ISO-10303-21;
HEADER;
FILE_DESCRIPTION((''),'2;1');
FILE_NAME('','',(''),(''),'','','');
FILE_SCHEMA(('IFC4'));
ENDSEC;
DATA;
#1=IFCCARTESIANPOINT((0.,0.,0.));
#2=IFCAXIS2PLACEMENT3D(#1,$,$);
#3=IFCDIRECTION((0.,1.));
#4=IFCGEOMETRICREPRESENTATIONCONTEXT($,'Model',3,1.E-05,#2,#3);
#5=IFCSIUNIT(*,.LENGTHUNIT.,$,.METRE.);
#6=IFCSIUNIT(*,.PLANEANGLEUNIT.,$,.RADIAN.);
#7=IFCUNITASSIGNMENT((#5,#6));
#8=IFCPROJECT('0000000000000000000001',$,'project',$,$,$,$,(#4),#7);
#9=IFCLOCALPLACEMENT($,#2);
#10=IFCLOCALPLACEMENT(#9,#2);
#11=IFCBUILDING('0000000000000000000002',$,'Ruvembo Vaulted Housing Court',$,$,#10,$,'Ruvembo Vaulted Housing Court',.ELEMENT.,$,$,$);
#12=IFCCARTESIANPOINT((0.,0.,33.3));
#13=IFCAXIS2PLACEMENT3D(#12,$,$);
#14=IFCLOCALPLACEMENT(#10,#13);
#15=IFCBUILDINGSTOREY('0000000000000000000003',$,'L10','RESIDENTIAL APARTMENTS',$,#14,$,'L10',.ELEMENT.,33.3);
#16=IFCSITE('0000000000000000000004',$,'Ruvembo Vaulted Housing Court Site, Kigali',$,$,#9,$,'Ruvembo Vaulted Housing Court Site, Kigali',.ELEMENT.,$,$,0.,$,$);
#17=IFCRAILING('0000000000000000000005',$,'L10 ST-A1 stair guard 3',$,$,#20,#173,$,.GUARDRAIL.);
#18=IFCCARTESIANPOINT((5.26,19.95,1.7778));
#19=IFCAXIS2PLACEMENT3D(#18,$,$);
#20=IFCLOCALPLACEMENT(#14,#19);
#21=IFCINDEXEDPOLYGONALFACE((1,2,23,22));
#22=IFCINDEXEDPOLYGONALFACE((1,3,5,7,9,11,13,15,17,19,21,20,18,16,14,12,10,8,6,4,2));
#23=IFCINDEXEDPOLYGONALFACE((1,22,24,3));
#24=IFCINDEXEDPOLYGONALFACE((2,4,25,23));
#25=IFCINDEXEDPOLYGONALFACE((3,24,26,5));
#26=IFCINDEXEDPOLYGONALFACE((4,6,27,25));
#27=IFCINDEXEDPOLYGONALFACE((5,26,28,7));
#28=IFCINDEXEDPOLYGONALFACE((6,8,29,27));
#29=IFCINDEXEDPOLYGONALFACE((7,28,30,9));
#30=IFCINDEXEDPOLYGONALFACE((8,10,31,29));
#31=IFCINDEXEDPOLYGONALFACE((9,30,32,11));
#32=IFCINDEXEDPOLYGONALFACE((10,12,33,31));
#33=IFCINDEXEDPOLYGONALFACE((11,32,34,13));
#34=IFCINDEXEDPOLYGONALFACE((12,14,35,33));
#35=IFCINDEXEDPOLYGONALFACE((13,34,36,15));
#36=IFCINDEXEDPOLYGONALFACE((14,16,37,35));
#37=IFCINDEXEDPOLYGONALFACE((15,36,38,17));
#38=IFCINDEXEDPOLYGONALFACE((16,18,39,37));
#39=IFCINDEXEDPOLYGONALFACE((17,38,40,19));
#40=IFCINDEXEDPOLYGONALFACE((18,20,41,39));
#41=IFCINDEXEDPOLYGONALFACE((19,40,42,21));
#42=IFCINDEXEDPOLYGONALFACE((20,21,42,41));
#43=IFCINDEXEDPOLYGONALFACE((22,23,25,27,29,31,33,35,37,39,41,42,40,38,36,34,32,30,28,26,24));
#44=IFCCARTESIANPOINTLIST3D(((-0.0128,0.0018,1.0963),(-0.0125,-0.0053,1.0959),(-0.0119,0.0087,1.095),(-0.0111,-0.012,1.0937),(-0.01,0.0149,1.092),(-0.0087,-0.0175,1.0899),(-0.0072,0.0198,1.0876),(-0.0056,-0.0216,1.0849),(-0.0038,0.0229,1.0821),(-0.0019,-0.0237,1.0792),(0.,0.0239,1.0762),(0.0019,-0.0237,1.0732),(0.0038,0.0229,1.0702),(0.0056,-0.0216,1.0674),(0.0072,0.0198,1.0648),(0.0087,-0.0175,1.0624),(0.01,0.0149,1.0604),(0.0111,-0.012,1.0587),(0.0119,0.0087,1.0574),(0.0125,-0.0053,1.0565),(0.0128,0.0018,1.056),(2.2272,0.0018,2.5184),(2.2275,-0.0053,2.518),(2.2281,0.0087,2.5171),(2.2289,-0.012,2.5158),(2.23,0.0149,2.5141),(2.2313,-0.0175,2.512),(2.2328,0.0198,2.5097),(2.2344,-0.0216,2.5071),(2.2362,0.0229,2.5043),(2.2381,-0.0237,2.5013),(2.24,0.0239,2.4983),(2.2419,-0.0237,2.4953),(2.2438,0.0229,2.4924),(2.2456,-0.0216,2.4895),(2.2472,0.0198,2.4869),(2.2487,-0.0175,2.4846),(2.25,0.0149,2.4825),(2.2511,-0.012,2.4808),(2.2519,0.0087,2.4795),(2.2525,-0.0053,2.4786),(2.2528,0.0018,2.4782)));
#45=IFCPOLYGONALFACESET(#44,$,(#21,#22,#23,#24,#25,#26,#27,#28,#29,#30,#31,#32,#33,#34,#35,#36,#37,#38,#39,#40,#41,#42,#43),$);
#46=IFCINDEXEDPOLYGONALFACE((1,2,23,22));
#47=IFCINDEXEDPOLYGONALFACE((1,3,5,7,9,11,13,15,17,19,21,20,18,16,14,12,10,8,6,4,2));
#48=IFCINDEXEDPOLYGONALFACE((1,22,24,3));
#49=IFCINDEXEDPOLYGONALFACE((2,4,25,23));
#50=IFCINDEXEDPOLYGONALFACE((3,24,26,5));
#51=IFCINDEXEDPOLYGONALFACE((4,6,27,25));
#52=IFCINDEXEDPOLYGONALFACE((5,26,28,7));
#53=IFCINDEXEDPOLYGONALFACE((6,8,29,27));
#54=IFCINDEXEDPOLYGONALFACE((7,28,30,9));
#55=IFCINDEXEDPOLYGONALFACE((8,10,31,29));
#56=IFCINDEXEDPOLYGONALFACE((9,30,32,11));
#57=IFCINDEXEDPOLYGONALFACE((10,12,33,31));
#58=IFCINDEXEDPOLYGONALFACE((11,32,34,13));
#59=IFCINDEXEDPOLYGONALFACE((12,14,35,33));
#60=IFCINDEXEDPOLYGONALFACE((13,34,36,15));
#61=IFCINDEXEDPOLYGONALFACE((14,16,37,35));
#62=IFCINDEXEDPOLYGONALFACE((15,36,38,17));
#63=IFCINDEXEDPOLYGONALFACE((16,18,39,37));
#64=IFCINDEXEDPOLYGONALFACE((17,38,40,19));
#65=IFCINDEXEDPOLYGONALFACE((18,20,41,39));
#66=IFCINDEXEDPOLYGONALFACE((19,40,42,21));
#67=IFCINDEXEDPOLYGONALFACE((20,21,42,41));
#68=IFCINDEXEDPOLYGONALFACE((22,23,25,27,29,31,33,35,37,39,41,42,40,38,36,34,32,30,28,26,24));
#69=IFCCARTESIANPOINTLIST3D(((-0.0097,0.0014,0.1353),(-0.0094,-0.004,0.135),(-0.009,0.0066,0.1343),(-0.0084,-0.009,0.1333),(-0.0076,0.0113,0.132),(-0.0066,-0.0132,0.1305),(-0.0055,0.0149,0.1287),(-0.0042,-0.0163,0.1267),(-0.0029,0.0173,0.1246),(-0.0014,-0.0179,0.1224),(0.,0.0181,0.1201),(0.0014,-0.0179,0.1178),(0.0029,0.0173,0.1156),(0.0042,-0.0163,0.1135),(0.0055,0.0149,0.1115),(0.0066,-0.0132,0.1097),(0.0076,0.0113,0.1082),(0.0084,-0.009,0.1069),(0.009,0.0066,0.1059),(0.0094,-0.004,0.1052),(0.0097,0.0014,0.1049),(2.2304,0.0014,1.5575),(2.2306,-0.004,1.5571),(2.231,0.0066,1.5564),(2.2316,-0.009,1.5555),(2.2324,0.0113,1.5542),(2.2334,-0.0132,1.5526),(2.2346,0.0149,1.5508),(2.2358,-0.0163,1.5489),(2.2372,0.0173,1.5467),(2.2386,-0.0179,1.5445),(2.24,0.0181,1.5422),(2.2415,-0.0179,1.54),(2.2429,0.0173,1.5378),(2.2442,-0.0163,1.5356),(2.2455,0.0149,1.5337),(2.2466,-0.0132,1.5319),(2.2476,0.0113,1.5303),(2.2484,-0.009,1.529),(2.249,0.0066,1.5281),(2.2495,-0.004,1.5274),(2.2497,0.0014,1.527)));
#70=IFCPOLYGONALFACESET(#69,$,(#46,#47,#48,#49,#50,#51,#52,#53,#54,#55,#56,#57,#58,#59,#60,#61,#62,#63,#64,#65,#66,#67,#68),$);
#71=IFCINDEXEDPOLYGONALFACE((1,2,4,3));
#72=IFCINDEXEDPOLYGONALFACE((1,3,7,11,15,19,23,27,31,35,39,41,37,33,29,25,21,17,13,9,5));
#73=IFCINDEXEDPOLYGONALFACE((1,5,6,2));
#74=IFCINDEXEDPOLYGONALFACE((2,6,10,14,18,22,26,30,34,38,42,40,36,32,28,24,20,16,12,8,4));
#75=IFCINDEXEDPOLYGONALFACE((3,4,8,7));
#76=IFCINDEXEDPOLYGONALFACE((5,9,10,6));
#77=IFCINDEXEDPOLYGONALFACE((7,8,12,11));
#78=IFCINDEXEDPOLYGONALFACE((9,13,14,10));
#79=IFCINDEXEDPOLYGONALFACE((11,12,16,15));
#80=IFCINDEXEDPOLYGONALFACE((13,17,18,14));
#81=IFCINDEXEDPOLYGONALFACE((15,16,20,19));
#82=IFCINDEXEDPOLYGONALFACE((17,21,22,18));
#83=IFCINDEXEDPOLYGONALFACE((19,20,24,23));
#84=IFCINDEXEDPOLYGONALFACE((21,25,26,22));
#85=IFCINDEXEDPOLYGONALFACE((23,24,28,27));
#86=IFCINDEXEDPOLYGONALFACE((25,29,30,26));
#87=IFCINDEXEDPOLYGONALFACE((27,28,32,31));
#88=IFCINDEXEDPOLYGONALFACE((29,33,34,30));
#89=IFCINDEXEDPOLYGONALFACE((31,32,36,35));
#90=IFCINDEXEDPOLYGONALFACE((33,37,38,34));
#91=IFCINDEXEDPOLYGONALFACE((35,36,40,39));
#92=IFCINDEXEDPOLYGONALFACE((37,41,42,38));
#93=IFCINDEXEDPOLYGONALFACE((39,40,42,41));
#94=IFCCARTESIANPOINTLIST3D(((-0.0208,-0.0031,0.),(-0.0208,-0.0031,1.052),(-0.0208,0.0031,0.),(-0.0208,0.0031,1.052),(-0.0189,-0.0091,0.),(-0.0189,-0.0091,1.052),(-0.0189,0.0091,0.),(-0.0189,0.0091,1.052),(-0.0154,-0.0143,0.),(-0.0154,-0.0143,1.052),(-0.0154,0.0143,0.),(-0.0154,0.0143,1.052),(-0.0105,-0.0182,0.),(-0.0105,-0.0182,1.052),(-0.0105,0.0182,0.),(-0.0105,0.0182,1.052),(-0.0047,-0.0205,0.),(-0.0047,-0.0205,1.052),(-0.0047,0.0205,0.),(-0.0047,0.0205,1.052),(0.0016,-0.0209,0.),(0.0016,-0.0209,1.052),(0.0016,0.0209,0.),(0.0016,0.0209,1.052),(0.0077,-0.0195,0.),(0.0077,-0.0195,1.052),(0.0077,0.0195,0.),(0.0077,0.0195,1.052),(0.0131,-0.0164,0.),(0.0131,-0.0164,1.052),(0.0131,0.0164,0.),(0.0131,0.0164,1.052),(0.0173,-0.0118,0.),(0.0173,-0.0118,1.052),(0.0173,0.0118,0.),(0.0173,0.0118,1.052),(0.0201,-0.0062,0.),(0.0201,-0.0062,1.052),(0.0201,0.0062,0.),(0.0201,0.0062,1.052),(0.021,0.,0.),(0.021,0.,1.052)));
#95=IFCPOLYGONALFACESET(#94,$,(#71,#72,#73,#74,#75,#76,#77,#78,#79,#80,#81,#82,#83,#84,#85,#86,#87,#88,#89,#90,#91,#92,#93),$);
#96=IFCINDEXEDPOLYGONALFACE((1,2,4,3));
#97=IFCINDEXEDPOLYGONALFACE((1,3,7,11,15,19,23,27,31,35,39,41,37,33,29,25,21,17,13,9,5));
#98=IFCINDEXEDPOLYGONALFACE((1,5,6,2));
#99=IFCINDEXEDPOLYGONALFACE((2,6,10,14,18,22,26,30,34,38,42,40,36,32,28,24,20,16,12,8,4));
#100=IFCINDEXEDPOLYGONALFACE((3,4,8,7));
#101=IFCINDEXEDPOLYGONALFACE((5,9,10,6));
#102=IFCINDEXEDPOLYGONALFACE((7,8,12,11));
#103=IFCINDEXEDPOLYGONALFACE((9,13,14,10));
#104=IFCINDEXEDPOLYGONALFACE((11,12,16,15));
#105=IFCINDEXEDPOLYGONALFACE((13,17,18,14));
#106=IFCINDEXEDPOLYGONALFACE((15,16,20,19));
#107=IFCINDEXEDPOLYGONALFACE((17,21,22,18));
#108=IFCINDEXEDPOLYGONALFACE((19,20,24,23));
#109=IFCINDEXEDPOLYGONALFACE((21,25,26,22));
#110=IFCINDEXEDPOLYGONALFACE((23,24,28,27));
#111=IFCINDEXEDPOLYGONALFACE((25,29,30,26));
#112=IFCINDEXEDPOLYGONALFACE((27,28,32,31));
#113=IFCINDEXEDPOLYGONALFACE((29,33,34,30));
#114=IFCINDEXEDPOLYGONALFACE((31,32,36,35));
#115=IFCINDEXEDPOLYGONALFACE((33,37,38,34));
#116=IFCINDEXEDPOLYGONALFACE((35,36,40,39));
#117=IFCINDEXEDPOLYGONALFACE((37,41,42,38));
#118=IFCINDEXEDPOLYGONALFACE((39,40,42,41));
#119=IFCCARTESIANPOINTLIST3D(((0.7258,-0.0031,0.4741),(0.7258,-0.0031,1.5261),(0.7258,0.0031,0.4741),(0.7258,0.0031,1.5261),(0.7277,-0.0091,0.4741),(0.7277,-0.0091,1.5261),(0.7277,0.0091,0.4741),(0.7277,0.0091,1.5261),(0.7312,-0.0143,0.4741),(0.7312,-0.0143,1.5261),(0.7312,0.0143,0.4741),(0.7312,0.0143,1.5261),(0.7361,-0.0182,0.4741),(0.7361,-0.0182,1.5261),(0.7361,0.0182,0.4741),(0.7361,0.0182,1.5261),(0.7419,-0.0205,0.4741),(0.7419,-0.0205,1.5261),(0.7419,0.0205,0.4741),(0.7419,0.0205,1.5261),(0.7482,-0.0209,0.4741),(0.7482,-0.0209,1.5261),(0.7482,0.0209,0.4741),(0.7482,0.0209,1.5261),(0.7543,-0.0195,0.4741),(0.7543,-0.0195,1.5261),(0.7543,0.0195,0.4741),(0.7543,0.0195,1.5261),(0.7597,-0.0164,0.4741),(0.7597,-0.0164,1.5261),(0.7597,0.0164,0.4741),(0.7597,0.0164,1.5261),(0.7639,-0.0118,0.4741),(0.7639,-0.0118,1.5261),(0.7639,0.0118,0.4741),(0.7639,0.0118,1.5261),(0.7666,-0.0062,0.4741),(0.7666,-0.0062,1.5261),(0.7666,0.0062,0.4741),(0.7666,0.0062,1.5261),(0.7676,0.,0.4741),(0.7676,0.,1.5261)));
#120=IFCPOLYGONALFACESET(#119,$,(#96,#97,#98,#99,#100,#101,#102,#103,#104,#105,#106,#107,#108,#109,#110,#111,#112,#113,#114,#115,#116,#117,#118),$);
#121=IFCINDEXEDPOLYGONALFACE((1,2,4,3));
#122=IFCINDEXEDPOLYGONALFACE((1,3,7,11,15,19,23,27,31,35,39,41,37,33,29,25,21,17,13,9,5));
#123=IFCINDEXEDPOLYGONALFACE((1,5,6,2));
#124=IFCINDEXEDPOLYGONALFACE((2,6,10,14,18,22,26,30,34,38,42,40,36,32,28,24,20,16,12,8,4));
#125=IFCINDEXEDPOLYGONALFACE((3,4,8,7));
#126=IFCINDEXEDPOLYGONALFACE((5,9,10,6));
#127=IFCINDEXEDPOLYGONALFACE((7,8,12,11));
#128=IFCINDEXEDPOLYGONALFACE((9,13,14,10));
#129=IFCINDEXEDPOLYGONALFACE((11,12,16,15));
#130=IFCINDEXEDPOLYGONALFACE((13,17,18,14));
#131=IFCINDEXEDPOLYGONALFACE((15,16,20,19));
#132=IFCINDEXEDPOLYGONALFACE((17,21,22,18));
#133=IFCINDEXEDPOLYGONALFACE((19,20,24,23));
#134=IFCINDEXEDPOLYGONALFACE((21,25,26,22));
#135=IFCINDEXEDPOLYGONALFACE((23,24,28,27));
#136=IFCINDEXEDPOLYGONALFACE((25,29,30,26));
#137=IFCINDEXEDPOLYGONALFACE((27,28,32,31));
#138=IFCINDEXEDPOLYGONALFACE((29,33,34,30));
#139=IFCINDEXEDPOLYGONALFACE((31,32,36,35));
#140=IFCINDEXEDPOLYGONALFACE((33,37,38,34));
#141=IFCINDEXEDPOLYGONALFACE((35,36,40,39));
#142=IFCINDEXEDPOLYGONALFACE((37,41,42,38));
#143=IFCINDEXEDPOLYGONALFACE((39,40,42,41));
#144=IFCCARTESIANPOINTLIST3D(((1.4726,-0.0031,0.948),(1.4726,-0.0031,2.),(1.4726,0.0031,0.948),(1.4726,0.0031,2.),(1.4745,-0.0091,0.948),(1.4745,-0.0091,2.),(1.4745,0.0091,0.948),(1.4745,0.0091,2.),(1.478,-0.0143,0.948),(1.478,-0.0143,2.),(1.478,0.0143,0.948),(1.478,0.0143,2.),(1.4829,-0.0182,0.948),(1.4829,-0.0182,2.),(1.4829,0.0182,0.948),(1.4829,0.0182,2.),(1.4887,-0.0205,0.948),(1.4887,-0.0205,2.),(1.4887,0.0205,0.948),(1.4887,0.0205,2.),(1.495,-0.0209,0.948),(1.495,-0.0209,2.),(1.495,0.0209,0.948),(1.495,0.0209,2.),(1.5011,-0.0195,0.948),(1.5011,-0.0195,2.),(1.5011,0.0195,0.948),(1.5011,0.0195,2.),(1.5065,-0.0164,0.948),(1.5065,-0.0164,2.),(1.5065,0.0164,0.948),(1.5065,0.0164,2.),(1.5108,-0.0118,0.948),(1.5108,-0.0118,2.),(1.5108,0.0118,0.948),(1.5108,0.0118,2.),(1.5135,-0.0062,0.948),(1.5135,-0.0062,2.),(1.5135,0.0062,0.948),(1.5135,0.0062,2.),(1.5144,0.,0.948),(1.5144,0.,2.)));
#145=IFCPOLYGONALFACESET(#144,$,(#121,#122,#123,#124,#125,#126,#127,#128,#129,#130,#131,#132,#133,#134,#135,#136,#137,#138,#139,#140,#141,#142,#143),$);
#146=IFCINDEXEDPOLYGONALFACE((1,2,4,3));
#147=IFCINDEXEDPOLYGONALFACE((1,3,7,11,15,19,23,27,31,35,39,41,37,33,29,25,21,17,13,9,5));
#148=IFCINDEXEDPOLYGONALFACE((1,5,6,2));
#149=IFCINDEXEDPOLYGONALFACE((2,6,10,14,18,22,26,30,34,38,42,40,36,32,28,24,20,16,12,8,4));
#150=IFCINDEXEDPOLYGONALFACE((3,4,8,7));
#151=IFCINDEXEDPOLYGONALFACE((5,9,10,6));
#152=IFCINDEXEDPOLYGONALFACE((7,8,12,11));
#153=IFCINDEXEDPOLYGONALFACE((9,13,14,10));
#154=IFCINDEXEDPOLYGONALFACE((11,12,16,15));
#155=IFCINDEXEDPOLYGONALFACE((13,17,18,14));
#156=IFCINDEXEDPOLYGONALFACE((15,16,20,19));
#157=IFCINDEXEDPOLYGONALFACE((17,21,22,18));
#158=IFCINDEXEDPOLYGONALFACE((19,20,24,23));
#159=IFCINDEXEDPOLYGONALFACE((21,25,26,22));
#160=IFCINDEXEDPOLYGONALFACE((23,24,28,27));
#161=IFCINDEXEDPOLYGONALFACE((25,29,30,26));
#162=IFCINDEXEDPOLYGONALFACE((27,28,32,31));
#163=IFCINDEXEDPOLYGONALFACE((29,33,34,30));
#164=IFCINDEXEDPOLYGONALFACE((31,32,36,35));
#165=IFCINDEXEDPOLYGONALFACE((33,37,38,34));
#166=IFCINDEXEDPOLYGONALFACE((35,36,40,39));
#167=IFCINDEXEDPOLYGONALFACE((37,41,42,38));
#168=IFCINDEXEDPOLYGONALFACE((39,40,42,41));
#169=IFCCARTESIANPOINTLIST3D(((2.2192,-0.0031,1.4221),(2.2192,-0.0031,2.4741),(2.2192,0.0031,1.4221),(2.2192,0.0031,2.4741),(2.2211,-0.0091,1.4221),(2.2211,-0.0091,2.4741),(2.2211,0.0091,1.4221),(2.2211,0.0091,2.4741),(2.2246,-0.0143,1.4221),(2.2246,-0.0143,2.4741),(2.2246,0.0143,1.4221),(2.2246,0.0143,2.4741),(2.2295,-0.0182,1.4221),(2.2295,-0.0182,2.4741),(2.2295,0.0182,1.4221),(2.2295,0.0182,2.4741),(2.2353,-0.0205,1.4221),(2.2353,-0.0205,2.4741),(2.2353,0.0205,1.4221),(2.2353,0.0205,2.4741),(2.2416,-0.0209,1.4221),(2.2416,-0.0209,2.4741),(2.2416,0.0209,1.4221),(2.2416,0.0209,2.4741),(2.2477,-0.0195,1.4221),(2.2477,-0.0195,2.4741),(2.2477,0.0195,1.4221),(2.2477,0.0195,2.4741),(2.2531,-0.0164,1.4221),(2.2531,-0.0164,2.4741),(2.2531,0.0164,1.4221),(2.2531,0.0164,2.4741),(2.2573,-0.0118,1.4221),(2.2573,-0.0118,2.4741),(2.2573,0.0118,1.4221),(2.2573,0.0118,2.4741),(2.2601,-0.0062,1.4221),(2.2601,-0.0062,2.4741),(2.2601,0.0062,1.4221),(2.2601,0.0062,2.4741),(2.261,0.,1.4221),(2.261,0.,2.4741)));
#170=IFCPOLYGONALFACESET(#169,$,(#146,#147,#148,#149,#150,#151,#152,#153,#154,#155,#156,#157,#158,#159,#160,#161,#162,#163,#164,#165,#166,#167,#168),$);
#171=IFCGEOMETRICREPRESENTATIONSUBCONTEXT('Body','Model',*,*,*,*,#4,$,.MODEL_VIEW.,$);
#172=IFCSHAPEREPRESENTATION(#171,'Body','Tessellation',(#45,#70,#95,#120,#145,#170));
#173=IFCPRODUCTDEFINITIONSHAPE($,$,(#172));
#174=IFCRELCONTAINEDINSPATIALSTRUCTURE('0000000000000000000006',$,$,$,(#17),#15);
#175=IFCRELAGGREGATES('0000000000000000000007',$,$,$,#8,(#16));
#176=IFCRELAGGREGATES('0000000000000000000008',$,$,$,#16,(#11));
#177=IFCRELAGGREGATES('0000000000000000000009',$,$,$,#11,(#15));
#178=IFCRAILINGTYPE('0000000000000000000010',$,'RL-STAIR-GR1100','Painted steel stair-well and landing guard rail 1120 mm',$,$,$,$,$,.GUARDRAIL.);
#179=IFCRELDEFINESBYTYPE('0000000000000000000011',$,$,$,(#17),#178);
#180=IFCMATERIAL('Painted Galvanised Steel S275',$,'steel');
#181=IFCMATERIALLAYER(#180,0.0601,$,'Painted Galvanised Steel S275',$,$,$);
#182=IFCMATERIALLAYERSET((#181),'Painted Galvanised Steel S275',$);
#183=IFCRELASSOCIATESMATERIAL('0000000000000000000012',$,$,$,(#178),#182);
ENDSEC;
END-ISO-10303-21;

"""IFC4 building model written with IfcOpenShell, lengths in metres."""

from ifc_helpers import new_model, si_unit, direction, frame, origin, origin_2d, place, context, subcontext, project, spatial, circle, extrude, material, layer, layer_set, type_object, element, save


model = new_model("IFC4")

# Units and contexts
model_context = context("Model", 3, precision=1e-05, world=origin(), true_north=direction((0.0, 1.0)))
body_context = subcontext(model_context, "Body", "Model", "MODEL_VIEW")
ifc_project = project(units=[si_unit("LENGTHUNIT", "METRE"), si_unit("PLANEANGLEUNIT", "RADIAN")], contexts=[model_context])

# Site, building, storey
site_placement = place(None, origin())
site = spatial("IfcSite", under=ifc_project, at=site_placement, Name="Ruvembo Vaulted Housing Court Site, Kigali", LongName="Ruvembo Vaulted Housing Court Site, Kigali", CompositionType="ELEMENT", RefElevation=0.0)
building_placement = place(site_placement, origin())
building = spatial("IfcBuilding", under=site, at=building_placement, Name="Ruvembo Vaulted Housing Court", LongName="Ruvembo Vaulted Housing Court", CompositionType="ELEMENT")
storey_placement = place(building_placement, frame((0.0, 0.0, 33.3)))
storey = spatial("IfcBuildingStorey", under=building, at=storey_placement, Name="L10", Description="RESIDENTIAL APARTMENTS", LongName="L10", CompositionType="ELEMENT", Elevation=33.3)

# Railing
ifc_material_1 = material(Name="Painted Galvanised Steel S275", Category="steel")
ifc_layer_1 = layer(ifc_material_1, 0.0601, Name="Painted Galvanised Steel S275")
ifc_layer_set_1 = layer_set([ifc_layer_1], Name="Painted Galvanised Steel S275")
railing_type_1 = type_object("IfcRailingType", Name="RL-STAIR-GR1100", Description="Painted steel stair-well and landing guard rail 1120 mm", PredefinedType="GUARDRAIL", material=ifc_layer_set_1)
railing_1_placement = place(storey_placement, frame((5.26, 19.95, 1.7778)))
element("IfcRailing", 1, at=railing_1_placement, inside=storey, type_object=railing_type_1, Name="L10 ST-A1 stair guard 3", PredefinedType="GUARDRAIL", context=body_context, shape_type="SweptSolid", body=[
    extrude(circle(Radius=0.0239, at=origin_2d()), frame((0.0, 0.0, 1.0762), z_axis=(0.844229, 0.0, 0.535982), x_axis=(0.0, 1.0, 0.0)), (0.0, 0.0, 1.0), 2.6533),
    extrude(circle(Radius=0.0181, at=origin_2d()), frame((0.0, 0.0, 0.1201), z_axis=(0.844229, 0.0, 0.535982), x_axis=(0.0, 1.0, 0.0)), (0.0, 0.0, 1.0), 2.6533),
    extrude(circle(Radius=0.021, at=origin_2d()), origin(), (0.0, 0.0, 1.0), 1.052),
    extrude(circle(Radius=0.021, at=origin_2d()), frame((0.7466, 0.0, 0.4741)), (0.0, 0.0, 1.0), 1.052),
    extrude(circle(Radius=0.021, at=origin_2d()), frame((1.4934, 0.0, 0.948)), (0.0, 0.0, 1.0), 1.052),
    extrude(circle(Radius=0.021, at=origin_2d()), frame((2.24, 0.0, 1.4221)), (0.0, 0.0, 1.0), 1.052),
])

save(model, "model.ifc")
